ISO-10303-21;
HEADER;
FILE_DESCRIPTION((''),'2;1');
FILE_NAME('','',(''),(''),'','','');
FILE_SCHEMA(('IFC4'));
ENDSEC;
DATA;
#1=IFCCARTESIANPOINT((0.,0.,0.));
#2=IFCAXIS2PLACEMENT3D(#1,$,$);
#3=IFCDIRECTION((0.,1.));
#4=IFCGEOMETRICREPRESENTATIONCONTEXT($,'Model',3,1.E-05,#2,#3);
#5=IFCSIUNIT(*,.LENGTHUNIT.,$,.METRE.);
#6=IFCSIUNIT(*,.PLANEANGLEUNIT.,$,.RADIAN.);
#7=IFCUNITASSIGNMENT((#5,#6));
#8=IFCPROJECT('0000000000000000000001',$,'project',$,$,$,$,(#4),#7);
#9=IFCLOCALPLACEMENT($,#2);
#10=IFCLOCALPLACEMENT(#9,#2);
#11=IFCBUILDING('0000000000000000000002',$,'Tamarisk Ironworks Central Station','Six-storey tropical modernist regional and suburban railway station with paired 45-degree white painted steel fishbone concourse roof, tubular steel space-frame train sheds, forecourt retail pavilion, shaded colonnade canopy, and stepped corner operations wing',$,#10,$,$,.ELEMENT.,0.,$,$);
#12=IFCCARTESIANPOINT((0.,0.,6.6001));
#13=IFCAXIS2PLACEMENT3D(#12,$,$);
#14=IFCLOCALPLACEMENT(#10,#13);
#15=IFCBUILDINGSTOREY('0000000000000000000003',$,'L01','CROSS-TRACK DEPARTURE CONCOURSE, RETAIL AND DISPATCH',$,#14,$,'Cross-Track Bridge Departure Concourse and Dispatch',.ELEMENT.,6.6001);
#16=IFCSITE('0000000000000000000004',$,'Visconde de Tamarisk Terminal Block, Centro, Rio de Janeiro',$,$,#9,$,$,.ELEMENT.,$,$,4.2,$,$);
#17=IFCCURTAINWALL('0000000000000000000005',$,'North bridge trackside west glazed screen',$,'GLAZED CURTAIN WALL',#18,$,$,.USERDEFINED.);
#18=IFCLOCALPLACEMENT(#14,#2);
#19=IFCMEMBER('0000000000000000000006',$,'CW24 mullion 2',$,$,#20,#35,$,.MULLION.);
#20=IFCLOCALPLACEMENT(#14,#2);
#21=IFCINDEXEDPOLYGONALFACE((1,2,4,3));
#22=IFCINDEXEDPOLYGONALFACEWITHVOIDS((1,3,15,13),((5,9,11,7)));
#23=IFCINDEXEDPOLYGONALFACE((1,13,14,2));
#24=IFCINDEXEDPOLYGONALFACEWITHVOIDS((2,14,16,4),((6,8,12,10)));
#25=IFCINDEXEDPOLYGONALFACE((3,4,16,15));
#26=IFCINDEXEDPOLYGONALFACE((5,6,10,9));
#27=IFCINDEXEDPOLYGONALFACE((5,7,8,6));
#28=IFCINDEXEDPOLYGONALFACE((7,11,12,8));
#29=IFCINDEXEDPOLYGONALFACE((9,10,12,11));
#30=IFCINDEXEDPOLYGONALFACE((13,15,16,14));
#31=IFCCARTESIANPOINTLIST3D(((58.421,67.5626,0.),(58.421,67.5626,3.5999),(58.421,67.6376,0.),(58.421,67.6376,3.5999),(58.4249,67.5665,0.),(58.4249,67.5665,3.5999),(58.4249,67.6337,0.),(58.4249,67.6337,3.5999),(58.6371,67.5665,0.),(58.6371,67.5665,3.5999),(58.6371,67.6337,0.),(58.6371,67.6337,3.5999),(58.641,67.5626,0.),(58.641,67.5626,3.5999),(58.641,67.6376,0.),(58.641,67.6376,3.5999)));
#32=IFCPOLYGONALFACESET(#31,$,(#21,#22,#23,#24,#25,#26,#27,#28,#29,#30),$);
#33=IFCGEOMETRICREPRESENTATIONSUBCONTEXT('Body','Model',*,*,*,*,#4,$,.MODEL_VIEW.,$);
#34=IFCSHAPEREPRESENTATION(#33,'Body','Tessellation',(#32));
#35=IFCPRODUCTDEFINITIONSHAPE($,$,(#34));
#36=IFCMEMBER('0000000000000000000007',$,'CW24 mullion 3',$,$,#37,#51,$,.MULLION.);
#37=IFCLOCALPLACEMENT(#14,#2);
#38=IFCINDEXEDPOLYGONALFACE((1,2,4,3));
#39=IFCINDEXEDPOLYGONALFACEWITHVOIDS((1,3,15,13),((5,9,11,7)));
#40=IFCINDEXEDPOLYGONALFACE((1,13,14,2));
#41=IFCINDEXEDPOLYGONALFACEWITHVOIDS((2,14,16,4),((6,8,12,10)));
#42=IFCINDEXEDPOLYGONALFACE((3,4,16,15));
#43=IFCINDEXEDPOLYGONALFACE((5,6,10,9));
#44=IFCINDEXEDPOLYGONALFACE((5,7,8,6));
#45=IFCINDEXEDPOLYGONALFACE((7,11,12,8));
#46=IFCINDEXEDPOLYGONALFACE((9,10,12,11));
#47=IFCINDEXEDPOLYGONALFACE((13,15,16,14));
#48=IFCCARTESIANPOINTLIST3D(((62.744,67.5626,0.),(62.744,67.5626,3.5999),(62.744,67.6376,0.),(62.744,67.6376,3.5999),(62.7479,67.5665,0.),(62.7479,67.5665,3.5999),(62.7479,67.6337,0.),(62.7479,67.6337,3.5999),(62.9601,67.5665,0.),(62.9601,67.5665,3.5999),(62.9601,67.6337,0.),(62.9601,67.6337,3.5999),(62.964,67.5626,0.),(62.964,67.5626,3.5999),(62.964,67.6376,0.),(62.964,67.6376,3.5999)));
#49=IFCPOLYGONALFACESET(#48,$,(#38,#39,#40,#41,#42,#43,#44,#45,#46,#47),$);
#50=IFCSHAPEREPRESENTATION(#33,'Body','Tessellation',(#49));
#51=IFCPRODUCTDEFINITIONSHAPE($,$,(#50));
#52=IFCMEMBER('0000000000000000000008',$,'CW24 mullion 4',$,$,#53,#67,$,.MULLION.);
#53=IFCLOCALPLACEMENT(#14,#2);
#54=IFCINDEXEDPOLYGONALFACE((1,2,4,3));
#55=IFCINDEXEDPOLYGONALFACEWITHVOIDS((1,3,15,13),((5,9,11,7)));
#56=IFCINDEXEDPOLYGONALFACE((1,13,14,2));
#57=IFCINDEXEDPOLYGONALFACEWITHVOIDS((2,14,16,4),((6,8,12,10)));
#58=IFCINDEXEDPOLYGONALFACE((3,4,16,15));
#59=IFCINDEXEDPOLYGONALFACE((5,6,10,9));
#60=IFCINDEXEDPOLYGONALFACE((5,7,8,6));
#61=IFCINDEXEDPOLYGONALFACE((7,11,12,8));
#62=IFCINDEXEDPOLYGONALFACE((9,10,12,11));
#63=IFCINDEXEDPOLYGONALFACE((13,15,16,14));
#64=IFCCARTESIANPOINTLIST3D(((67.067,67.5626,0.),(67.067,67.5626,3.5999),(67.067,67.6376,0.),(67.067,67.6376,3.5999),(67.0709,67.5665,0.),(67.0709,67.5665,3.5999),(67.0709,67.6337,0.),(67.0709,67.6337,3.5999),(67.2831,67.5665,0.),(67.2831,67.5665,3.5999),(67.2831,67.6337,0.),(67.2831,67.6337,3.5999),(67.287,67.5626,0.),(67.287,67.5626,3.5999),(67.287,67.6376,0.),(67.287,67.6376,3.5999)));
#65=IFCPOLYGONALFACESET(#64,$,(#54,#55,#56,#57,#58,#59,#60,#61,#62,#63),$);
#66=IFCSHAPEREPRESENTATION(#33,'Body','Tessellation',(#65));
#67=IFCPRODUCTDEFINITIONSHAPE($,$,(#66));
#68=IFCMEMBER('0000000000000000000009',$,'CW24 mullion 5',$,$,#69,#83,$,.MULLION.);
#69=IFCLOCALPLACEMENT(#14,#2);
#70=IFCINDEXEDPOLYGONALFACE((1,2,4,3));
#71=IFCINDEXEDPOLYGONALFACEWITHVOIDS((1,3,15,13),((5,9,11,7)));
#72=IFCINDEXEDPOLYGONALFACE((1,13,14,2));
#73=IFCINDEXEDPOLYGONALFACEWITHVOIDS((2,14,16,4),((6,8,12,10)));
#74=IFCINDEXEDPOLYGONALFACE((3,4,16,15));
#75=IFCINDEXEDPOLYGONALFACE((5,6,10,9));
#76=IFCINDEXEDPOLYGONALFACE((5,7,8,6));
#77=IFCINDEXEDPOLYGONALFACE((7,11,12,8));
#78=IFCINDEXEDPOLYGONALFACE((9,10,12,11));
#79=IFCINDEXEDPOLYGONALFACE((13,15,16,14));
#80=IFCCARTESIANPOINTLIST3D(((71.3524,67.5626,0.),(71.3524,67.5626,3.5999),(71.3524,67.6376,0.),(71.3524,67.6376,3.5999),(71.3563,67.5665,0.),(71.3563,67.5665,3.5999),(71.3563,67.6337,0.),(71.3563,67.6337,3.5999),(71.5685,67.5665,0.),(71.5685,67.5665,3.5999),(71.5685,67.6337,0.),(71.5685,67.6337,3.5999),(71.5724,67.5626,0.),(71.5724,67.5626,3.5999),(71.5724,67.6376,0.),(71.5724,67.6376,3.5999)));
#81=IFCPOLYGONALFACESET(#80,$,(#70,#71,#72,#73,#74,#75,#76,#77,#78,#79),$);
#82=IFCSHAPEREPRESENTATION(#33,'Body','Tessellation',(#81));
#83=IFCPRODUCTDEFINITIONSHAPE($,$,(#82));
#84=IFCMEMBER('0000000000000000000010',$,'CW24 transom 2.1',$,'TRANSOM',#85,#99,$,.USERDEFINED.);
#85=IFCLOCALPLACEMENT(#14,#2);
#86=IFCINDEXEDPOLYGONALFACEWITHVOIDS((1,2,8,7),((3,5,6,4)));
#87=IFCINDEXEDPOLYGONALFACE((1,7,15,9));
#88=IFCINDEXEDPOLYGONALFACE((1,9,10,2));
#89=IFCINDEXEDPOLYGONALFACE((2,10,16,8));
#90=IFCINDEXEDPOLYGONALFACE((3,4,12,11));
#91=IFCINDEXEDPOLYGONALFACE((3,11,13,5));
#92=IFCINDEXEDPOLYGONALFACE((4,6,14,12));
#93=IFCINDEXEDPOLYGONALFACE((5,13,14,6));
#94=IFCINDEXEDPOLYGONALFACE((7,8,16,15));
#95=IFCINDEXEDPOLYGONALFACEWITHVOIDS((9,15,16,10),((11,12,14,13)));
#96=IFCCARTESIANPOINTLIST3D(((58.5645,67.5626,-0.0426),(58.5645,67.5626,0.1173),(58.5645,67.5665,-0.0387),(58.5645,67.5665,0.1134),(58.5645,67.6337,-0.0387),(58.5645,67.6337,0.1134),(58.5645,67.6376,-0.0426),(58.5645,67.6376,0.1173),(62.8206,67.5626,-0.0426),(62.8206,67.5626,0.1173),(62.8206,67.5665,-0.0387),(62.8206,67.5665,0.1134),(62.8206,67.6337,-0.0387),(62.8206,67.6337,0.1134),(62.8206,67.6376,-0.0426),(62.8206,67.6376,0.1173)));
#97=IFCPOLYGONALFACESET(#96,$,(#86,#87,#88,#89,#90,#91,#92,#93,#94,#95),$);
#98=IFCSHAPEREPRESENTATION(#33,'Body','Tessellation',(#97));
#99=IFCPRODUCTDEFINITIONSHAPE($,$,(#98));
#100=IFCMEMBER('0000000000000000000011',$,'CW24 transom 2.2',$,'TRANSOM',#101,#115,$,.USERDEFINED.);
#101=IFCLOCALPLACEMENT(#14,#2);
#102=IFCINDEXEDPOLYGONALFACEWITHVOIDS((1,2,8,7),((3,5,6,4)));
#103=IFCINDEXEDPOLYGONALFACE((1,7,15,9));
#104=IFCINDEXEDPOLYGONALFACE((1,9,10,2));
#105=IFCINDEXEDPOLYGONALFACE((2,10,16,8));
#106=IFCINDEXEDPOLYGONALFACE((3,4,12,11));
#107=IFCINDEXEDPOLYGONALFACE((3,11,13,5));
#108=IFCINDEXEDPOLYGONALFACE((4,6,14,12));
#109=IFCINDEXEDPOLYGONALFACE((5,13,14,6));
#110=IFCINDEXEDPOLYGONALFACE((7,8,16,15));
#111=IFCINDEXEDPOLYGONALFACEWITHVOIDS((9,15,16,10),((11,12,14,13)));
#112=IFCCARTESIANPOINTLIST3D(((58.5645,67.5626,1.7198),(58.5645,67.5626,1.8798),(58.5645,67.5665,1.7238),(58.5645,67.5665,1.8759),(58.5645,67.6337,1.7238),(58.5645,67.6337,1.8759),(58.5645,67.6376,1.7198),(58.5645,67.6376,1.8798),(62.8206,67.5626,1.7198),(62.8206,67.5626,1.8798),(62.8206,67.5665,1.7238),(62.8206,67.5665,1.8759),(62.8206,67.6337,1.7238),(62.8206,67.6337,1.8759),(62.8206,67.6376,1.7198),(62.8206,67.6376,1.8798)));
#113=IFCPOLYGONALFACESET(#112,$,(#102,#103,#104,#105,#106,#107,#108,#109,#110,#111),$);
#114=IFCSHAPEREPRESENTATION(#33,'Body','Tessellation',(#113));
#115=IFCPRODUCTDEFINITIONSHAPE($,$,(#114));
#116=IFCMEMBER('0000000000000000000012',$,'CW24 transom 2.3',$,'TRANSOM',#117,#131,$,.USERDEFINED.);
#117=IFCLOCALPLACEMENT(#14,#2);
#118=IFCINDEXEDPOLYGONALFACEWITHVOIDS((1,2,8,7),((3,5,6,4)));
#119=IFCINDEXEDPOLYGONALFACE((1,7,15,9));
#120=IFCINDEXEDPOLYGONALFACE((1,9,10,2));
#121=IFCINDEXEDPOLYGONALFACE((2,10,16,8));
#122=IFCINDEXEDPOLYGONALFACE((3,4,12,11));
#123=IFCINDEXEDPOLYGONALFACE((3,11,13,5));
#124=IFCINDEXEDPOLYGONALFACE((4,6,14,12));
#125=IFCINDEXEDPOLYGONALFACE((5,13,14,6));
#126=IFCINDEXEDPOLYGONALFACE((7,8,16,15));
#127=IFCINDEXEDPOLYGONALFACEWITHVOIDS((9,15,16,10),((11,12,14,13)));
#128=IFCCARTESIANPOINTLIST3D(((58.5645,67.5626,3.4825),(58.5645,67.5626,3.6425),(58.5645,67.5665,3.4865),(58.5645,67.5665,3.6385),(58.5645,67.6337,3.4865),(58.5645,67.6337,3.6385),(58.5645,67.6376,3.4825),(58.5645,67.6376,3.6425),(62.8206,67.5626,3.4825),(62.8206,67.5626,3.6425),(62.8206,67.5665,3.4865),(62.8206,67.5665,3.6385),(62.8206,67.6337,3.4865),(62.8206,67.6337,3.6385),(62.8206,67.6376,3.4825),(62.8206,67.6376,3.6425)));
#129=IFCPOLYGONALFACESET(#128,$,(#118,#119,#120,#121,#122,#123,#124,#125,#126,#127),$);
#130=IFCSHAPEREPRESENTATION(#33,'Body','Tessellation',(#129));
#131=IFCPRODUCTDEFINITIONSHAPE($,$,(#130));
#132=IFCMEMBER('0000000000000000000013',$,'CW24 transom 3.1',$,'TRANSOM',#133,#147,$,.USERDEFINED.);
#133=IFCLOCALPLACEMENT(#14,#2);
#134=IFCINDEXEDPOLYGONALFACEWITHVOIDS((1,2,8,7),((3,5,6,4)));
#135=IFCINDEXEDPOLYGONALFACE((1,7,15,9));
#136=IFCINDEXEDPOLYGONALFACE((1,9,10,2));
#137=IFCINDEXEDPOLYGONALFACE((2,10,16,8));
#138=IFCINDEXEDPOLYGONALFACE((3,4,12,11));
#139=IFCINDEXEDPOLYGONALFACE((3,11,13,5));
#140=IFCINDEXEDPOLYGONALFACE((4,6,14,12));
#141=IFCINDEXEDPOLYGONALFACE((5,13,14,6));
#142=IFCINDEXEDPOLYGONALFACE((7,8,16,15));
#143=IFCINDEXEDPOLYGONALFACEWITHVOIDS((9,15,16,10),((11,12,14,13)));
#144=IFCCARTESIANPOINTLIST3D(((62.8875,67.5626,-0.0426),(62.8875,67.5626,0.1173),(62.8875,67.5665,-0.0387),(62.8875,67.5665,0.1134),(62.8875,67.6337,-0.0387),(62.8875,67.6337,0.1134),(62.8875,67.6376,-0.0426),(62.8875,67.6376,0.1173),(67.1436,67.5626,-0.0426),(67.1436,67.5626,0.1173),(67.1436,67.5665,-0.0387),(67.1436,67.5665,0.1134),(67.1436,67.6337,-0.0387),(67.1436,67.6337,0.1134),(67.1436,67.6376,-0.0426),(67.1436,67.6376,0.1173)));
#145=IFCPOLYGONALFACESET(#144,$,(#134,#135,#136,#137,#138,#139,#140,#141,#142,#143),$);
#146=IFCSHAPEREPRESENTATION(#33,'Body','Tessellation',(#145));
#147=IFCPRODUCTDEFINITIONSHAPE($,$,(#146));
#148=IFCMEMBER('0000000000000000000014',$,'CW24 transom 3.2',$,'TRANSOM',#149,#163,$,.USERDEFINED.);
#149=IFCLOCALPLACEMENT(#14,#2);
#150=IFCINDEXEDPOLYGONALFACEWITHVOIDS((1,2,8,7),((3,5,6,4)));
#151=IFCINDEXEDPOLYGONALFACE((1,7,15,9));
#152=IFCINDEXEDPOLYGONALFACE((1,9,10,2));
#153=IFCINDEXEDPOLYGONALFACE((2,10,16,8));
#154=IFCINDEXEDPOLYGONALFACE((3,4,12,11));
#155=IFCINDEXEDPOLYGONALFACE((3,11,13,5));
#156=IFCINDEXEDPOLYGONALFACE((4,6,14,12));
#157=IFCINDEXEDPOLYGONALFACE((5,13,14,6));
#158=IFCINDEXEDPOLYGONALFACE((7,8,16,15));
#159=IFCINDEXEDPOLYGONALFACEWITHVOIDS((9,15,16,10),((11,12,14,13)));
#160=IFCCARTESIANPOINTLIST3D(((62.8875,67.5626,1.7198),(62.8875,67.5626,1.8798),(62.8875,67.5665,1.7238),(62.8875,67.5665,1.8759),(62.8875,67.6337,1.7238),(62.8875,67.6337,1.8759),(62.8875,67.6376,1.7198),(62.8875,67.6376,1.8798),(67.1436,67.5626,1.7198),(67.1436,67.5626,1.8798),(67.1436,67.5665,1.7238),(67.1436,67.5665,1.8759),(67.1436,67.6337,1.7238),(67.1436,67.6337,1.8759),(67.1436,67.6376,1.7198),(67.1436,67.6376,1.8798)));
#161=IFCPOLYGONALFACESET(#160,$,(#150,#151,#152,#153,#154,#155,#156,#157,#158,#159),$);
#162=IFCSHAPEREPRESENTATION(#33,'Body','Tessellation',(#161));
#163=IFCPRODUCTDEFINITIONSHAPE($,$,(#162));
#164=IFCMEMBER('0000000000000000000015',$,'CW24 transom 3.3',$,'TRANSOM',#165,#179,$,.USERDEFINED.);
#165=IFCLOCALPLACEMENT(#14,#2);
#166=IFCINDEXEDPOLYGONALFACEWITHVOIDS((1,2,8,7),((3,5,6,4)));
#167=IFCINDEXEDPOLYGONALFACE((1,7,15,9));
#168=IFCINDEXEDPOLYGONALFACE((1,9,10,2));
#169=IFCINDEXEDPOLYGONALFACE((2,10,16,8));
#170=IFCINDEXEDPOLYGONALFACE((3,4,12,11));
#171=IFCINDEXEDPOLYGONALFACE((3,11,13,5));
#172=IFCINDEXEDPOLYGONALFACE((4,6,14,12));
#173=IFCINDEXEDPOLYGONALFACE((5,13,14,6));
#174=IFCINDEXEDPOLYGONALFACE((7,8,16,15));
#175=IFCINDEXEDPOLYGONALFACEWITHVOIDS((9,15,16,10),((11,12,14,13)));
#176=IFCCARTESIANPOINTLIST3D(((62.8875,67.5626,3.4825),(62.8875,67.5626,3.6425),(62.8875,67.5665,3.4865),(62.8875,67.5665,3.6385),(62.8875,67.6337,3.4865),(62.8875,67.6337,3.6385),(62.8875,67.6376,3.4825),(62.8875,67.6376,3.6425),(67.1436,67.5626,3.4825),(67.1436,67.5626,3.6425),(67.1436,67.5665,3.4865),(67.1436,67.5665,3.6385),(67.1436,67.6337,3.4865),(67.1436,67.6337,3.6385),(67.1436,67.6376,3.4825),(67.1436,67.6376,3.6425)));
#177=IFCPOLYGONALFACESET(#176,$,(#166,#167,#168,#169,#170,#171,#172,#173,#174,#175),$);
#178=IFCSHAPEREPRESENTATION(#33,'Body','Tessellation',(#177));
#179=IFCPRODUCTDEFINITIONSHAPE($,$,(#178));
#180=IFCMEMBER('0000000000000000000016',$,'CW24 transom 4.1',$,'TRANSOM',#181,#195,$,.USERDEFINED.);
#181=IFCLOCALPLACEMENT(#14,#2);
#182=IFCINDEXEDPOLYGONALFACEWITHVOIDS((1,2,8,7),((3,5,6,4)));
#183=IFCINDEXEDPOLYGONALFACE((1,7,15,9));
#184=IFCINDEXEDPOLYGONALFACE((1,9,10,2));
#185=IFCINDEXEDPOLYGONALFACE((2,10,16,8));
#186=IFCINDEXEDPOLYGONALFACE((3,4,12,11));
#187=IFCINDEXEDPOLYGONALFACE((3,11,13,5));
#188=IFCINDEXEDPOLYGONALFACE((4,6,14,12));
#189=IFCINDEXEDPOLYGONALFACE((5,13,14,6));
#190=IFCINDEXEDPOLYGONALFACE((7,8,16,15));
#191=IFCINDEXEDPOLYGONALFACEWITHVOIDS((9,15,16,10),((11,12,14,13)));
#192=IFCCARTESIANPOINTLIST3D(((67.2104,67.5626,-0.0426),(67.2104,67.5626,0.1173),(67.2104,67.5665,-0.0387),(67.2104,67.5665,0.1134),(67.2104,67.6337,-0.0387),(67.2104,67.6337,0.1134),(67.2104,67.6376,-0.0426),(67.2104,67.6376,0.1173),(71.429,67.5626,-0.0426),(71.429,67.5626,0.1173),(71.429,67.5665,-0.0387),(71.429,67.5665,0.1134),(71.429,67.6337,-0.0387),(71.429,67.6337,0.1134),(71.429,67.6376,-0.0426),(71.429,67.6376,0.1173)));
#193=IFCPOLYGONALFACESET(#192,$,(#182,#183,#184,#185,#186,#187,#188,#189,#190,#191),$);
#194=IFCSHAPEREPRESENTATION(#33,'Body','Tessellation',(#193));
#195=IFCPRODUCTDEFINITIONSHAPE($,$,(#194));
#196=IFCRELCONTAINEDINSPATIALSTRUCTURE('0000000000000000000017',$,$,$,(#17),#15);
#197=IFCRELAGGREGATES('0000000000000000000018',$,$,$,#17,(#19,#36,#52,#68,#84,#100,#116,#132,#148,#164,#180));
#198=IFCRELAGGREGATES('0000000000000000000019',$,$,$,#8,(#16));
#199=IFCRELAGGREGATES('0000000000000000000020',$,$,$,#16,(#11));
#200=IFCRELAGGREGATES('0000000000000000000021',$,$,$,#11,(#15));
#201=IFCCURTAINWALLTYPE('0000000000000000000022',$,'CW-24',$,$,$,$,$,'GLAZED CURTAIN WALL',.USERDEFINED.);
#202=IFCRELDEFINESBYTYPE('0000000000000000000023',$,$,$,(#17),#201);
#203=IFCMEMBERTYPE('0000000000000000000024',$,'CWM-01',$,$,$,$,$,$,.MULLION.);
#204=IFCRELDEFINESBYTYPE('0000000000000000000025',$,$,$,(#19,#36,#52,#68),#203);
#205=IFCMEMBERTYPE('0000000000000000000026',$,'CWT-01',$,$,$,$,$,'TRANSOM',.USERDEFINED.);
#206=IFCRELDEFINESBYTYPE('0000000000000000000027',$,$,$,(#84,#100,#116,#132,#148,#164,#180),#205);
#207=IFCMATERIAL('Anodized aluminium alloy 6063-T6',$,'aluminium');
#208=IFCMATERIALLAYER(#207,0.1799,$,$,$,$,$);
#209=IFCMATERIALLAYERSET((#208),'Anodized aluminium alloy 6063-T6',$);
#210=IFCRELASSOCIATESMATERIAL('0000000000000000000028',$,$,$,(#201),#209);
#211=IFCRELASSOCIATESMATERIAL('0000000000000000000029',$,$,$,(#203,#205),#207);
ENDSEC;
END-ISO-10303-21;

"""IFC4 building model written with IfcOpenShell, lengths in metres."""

from ifc_helpers import new_model, si_unit, direction, frame, origin, origin_2d, place, context, subcontext, project, spatial, hollow_rectangle, extrude, material, layer, layer_set, material_profile, profile_set, type_object, element, aggregate, save


model = new_model("IFC4")

# Units and contexts
model_context = context("Model", 3, precision=1e-05, world=origin(), true_north=direction((0.0, 1.0)))
body_context = subcontext(model_context, "Body", "Model", "MODEL_VIEW")
ifc_project = project(units=[si_unit("LENGTHUNIT", "METRE"), si_unit("PLANEANGLEUNIT", "RADIAN")], contexts=[model_context])

# Site, building, storey
site_placement = place(None, origin())
site = spatial("IfcSite", under=ifc_project, at=site_placement, Name="Visconde de Tamarisk Terminal Block, Centro, Rio de Janeiro", CompositionType="ELEMENT", RefElevation=4.2)
building_placement = place(site_placement, origin())
building = spatial("IfcBuilding", under=site, at=building_placement, Name="Tamarisk Ironworks Central Station", Description="Six-storey tropical modernist regional and suburban railway station with paired 45-degree white painted steel fishbone concourse roof, tubular steel space-frame train sheds, forecourt retail pavilion, shaded colonnade canopy, and stepped corner operations wing", CompositionType="ELEMENT", ElevationOfRefHeight=0.0)
storey_placement = place(building_placement, frame((0.0, 0.0, 6.6001)))
storey = spatial("IfcBuildingStorey", under=building, at=storey_placement, Name="L01", Description="CROSS-TRACK DEPARTURE CONCOURSE, RETAIL AND DISPATCH", LongName="Cross-Track Bridge Departure Concourse and Dispatch", CompositionType="ELEMENT", Elevation=6.6001)

# Curtain wall, members
ifc_material_1 = material(Name="Anodized aluminium alloy 6063-T6", Category="aluminium")
ifc_layer_1 = layer(ifc_material_1, 0.1799)
ifc_layer_set_1 = layer_set([ifc_layer_1], Name="Anodized aluminium alloy 6063-T6")
curtain_wall_type = type_object("IfcCurtainWallType", Name="CW-24", ElementType="GLAZED CURTAIN WALL", PredefinedType="USERDEFINED", material=ifc_layer_set_1)
curtain_wall_placement = place(storey_placement, origin())
curtain_wall = element("IfcCurtainWall", 1, at=curtain_wall_placement, inside=storey, type_object=curtain_wall_type, Name="North bridge trackside west glazed screen", ObjectType="GLAZED CURTAIN WALL", PredefinedType="USERDEFINED")
ifc_material_profile_1 = material_profile(ifc_material_1, hollow_rectangle(XDim=0.075, YDim=0.22, WallThickness=0.0039, at=origin_2d()), Name="ALUM 220x75")
ifc_profile_set_1 = profile_set([ifc_material_profile_1], Name="Anodized aluminium alloy 6063-T6")
member_type_1 = type_object("IfcMemberType", Name="CWM-01", PredefinedType="MULLION", material=ifc_profile_set_1)
member_1_placement = place(storey_placement, frame((58.531, 67.6001, 0.0), z_axis=(0.0, 0.0, 1.0), x_axis=(0.0, 1.0, 0.0)))
member_1 = element("IfcMember", 2, at=member_1_placement, type_object=member_type_1, Name="CW24 mullion 2", PredefinedType="MULLION", context=body_context, shape_type="SweptSolid", body=[
    extrude(hollow_rectangle(XDim=0.075, YDim=0.22, WallThickness=0.0039, at=origin_2d()), origin(), (0.0, 0.0, 1.0), 3.5999),
])
member_2_placement = place(storey_placement, frame((62.854, 67.6001, 0.0), z_axis=(0.0, 0.0, 1.0), x_axis=(0.0, 1.0, 0.0)))
member_2 = element("IfcMember", 3, at=member_2_placement, type_object=member_type_1, Name="CW24 mullion 3", PredefinedType="MULLION", context=body_context, shape_type="SweptSolid", body=[
    extrude(hollow_rectangle(XDim=0.075, YDim=0.22, WallThickness=0.0039, at=origin_2d()), origin(), (0.0, 0.0, 1.0), 3.5999),
])
member_3_placement = place(storey_placement, frame((67.177, 67.6001, 0.0), z_axis=(0.0, 0.0, 1.0), x_axis=(0.0, 1.0, 0.0)))
member_3 = element("IfcMember", 4, at=member_3_placement, type_object=member_type_1, Name="CW24 mullion 4", PredefinedType="MULLION", context=body_context, shape_type="SweptSolid", body=[
    extrude(hollow_rectangle(XDim=0.075, YDim=0.22, WallThickness=0.0039, at=origin_2d()), origin(), (0.0, 0.0, 1.0), 3.5999),
])
member_4_placement = place(storey_placement, frame((71.4624, 67.6001, 0.0), z_axis=(0.0, 0.0, 1.0), x_axis=(0.0, 1.0, 0.0)))
member_4 = element("IfcMember", 5, at=member_4_placement, type_object=member_type_1, Name="CW24 mullion 5", PredefinedType="MULLION", context=body_context, shape_type="SweptSolid", body=[
    extrude(hollow_rectangle(XDim=0.075, YDim=0.22, WallThickness=0.0039, at=origin_2d()), origin(), (0.0, 0.0, 1.0), 3.5999),
])
ifc_material_profile_2 = material_profile(ifc_material_1, hollow_rectangle(XDim=0.075, YDim=0.1599, WallThickness=0.0039, at=origin_2d()), Name="ALUM 160x75")
ifc_profile_set_2 = profile_set([ifc_material_profile_2], Name="Anodized aluminium alloy 6063-T6")
member_type_2 = type_object("IfcMemberType", Name="CWT-01", ElementType="TRANSOM", PredefinedType="USERDEFINED", material=ifc_profile_set_2)
member_5_placement = place(storey_placement, frame((58.5645, 67.6001, 0.0374), z_axis=(1.0, 0.0, 0.0), x_axis=(0.0, 1.0, 0.0)))
member_5 = element("IfcMember", 6, at=member_5_placement, type_object=member_type_2, Name="CW24 transom 2.1", ObjectType="TRANSOM", PredefinedType="USERDEFINED", context=body_context, shape_type="SweptSolid", body=[
    extrude(hollow_rectangle(XDim=0.075, YDim=0.1599, WallThickness=0.0039, at=origin_2d()), origin(), (0.0, 0.0, 1.0), 4.2561),
])
member_6_placement = place(storey_placement, frame((58.5645, 67.6001, 1.7998), z_axis=(1.0, 0.0, 0.0), x_axis=(0.0, 1.0, 0.0)))
member_6 = element("IfcMember", 7, at=member_6_placement, type_object=member_type_2, Name="CW24 transom 2.2", ObjectType="TRANSOM", PredefinedType="USERDEFINED", context=body_context, shape_type="SweptSolid", body=[
    extrude(hollow_rectangle(XDim=0.075, YDim=0.1599, WallThickness=0.0039, at=origin_2d()), origin(), (0.0, 0.0, 1.0), 4.2561),
])
member_7_placement = place(storey_placement, frame((58.5645, 67.6001, 3.5625), z_axis=(1.0, 0.0, 0.0), x_axis=(0.0, 1.0, 0.0)))
member_7 = element("IfcMember", 8, at=member_7_placement, type_object=member_type_2, Name="CW24 transom 2.3", ObjectType="TRANSOM", PredefinedType="USERDEFINED", context=body_context, shape_type="SweptSolid", body=[
    extrude(hollow_rectangle(XDim=0.075, YDim=0.1599, WallThickness=0.0039, at=origin_2d()), origin(), (0.0, 0.0, 1.0), 4.2561),
])
member_8_placement = place(storey_placement, frame((62.8875, 67.6001, 0.0374), z_axis=(1.0, 0.0, 0.0), x_axis=(0.0, 1.0, 0.0)))
member_8 = element("IfcMember", 9, at=member_8_placement, type_object=member_type_2, Name="CW24 transom 3.1", ObjectType="TRANSOM", PredefinedType="USERDEFINED", context=body_context, shape_type="SweptSolid", body=[
    extrude(hollow_rectangle(XDim=0.075, YDim=0.1599, WallThickness=0.0039, at=origin_2d()), origin(), (0.0, 0.0, 1.0), 4.2561),
])
member_9_placement = place(storey_placement, frame((62.8875, 67.6001, 1.7998), z_axis=(1.0, 0.0, 0.0), x_axis=(0.0, 1.0, 0.0)))
member_9 = element("IfcMember", 10, at=member_9_placement, type_object=member_type_2, Name="CW24 transom 3.2", ObjectType="TRANSOM", PredefinedType="USERDEFINED", context=body_context, shape_type="SweptSolid", body=[
    extrude(hollow_rectangle(XDim=0.075, YDim=0.1599, WallThickness=0.0039, at=origin_2d()), origin(), (0.0, 0.0, 1.0), 4.2561),
])
member_10_placement = place(storey_placement, frame((62.8875, 67.6001, 3.5625), z_axis=(1.0, 0.0, 0.0), x_axis=(0.0, 1.0, 0.0)))
member_10 = element("IfcMember", 11, at=member_10_placement, type_object=member_type_2, Name="CW24 transom 3.3", ObjectType="TRANSOM", PredefinedType="USERDEFINED", context=body_context, shape_type="SweptSolid", body=[
    extrude(hollow_rectangle(XDim=0.075, YDim=0.1599, WallThickness=0.0039, at=origin_2d()), origin(), (0.0, 0.0, 1.0), 4.2561),
])
member_11_placement = place(storey_placement, frame((67.2104, 67.6001, 0.0374), z_axis=(1.0, 0.0, 0.0), x_axis=(0.0, 1.0, 0.0)))
member_11 = element("IfcMember", 12, at=member_11_placement, type_object=member_type_2, Name="CW24 transom 4.1", ObjectType="TRANSOM", PredefinedType="USERDEFINED", context=body_context, shape_type="SweptSolid", body=[
    extrude(hollow_rectangle(XDim=0.075, YDim=0.1599, WallThickness=0.0039, at=origin_2d()), origin(), (0.0, 0.0, 1.0), 4.2185),
])

aggregate(curtain_wall, [member_1, member_2, member_3, member_4, member_5, member_6, member_7, member_8, member_9, member_10, member_11])

save(model, "model.ifc")
